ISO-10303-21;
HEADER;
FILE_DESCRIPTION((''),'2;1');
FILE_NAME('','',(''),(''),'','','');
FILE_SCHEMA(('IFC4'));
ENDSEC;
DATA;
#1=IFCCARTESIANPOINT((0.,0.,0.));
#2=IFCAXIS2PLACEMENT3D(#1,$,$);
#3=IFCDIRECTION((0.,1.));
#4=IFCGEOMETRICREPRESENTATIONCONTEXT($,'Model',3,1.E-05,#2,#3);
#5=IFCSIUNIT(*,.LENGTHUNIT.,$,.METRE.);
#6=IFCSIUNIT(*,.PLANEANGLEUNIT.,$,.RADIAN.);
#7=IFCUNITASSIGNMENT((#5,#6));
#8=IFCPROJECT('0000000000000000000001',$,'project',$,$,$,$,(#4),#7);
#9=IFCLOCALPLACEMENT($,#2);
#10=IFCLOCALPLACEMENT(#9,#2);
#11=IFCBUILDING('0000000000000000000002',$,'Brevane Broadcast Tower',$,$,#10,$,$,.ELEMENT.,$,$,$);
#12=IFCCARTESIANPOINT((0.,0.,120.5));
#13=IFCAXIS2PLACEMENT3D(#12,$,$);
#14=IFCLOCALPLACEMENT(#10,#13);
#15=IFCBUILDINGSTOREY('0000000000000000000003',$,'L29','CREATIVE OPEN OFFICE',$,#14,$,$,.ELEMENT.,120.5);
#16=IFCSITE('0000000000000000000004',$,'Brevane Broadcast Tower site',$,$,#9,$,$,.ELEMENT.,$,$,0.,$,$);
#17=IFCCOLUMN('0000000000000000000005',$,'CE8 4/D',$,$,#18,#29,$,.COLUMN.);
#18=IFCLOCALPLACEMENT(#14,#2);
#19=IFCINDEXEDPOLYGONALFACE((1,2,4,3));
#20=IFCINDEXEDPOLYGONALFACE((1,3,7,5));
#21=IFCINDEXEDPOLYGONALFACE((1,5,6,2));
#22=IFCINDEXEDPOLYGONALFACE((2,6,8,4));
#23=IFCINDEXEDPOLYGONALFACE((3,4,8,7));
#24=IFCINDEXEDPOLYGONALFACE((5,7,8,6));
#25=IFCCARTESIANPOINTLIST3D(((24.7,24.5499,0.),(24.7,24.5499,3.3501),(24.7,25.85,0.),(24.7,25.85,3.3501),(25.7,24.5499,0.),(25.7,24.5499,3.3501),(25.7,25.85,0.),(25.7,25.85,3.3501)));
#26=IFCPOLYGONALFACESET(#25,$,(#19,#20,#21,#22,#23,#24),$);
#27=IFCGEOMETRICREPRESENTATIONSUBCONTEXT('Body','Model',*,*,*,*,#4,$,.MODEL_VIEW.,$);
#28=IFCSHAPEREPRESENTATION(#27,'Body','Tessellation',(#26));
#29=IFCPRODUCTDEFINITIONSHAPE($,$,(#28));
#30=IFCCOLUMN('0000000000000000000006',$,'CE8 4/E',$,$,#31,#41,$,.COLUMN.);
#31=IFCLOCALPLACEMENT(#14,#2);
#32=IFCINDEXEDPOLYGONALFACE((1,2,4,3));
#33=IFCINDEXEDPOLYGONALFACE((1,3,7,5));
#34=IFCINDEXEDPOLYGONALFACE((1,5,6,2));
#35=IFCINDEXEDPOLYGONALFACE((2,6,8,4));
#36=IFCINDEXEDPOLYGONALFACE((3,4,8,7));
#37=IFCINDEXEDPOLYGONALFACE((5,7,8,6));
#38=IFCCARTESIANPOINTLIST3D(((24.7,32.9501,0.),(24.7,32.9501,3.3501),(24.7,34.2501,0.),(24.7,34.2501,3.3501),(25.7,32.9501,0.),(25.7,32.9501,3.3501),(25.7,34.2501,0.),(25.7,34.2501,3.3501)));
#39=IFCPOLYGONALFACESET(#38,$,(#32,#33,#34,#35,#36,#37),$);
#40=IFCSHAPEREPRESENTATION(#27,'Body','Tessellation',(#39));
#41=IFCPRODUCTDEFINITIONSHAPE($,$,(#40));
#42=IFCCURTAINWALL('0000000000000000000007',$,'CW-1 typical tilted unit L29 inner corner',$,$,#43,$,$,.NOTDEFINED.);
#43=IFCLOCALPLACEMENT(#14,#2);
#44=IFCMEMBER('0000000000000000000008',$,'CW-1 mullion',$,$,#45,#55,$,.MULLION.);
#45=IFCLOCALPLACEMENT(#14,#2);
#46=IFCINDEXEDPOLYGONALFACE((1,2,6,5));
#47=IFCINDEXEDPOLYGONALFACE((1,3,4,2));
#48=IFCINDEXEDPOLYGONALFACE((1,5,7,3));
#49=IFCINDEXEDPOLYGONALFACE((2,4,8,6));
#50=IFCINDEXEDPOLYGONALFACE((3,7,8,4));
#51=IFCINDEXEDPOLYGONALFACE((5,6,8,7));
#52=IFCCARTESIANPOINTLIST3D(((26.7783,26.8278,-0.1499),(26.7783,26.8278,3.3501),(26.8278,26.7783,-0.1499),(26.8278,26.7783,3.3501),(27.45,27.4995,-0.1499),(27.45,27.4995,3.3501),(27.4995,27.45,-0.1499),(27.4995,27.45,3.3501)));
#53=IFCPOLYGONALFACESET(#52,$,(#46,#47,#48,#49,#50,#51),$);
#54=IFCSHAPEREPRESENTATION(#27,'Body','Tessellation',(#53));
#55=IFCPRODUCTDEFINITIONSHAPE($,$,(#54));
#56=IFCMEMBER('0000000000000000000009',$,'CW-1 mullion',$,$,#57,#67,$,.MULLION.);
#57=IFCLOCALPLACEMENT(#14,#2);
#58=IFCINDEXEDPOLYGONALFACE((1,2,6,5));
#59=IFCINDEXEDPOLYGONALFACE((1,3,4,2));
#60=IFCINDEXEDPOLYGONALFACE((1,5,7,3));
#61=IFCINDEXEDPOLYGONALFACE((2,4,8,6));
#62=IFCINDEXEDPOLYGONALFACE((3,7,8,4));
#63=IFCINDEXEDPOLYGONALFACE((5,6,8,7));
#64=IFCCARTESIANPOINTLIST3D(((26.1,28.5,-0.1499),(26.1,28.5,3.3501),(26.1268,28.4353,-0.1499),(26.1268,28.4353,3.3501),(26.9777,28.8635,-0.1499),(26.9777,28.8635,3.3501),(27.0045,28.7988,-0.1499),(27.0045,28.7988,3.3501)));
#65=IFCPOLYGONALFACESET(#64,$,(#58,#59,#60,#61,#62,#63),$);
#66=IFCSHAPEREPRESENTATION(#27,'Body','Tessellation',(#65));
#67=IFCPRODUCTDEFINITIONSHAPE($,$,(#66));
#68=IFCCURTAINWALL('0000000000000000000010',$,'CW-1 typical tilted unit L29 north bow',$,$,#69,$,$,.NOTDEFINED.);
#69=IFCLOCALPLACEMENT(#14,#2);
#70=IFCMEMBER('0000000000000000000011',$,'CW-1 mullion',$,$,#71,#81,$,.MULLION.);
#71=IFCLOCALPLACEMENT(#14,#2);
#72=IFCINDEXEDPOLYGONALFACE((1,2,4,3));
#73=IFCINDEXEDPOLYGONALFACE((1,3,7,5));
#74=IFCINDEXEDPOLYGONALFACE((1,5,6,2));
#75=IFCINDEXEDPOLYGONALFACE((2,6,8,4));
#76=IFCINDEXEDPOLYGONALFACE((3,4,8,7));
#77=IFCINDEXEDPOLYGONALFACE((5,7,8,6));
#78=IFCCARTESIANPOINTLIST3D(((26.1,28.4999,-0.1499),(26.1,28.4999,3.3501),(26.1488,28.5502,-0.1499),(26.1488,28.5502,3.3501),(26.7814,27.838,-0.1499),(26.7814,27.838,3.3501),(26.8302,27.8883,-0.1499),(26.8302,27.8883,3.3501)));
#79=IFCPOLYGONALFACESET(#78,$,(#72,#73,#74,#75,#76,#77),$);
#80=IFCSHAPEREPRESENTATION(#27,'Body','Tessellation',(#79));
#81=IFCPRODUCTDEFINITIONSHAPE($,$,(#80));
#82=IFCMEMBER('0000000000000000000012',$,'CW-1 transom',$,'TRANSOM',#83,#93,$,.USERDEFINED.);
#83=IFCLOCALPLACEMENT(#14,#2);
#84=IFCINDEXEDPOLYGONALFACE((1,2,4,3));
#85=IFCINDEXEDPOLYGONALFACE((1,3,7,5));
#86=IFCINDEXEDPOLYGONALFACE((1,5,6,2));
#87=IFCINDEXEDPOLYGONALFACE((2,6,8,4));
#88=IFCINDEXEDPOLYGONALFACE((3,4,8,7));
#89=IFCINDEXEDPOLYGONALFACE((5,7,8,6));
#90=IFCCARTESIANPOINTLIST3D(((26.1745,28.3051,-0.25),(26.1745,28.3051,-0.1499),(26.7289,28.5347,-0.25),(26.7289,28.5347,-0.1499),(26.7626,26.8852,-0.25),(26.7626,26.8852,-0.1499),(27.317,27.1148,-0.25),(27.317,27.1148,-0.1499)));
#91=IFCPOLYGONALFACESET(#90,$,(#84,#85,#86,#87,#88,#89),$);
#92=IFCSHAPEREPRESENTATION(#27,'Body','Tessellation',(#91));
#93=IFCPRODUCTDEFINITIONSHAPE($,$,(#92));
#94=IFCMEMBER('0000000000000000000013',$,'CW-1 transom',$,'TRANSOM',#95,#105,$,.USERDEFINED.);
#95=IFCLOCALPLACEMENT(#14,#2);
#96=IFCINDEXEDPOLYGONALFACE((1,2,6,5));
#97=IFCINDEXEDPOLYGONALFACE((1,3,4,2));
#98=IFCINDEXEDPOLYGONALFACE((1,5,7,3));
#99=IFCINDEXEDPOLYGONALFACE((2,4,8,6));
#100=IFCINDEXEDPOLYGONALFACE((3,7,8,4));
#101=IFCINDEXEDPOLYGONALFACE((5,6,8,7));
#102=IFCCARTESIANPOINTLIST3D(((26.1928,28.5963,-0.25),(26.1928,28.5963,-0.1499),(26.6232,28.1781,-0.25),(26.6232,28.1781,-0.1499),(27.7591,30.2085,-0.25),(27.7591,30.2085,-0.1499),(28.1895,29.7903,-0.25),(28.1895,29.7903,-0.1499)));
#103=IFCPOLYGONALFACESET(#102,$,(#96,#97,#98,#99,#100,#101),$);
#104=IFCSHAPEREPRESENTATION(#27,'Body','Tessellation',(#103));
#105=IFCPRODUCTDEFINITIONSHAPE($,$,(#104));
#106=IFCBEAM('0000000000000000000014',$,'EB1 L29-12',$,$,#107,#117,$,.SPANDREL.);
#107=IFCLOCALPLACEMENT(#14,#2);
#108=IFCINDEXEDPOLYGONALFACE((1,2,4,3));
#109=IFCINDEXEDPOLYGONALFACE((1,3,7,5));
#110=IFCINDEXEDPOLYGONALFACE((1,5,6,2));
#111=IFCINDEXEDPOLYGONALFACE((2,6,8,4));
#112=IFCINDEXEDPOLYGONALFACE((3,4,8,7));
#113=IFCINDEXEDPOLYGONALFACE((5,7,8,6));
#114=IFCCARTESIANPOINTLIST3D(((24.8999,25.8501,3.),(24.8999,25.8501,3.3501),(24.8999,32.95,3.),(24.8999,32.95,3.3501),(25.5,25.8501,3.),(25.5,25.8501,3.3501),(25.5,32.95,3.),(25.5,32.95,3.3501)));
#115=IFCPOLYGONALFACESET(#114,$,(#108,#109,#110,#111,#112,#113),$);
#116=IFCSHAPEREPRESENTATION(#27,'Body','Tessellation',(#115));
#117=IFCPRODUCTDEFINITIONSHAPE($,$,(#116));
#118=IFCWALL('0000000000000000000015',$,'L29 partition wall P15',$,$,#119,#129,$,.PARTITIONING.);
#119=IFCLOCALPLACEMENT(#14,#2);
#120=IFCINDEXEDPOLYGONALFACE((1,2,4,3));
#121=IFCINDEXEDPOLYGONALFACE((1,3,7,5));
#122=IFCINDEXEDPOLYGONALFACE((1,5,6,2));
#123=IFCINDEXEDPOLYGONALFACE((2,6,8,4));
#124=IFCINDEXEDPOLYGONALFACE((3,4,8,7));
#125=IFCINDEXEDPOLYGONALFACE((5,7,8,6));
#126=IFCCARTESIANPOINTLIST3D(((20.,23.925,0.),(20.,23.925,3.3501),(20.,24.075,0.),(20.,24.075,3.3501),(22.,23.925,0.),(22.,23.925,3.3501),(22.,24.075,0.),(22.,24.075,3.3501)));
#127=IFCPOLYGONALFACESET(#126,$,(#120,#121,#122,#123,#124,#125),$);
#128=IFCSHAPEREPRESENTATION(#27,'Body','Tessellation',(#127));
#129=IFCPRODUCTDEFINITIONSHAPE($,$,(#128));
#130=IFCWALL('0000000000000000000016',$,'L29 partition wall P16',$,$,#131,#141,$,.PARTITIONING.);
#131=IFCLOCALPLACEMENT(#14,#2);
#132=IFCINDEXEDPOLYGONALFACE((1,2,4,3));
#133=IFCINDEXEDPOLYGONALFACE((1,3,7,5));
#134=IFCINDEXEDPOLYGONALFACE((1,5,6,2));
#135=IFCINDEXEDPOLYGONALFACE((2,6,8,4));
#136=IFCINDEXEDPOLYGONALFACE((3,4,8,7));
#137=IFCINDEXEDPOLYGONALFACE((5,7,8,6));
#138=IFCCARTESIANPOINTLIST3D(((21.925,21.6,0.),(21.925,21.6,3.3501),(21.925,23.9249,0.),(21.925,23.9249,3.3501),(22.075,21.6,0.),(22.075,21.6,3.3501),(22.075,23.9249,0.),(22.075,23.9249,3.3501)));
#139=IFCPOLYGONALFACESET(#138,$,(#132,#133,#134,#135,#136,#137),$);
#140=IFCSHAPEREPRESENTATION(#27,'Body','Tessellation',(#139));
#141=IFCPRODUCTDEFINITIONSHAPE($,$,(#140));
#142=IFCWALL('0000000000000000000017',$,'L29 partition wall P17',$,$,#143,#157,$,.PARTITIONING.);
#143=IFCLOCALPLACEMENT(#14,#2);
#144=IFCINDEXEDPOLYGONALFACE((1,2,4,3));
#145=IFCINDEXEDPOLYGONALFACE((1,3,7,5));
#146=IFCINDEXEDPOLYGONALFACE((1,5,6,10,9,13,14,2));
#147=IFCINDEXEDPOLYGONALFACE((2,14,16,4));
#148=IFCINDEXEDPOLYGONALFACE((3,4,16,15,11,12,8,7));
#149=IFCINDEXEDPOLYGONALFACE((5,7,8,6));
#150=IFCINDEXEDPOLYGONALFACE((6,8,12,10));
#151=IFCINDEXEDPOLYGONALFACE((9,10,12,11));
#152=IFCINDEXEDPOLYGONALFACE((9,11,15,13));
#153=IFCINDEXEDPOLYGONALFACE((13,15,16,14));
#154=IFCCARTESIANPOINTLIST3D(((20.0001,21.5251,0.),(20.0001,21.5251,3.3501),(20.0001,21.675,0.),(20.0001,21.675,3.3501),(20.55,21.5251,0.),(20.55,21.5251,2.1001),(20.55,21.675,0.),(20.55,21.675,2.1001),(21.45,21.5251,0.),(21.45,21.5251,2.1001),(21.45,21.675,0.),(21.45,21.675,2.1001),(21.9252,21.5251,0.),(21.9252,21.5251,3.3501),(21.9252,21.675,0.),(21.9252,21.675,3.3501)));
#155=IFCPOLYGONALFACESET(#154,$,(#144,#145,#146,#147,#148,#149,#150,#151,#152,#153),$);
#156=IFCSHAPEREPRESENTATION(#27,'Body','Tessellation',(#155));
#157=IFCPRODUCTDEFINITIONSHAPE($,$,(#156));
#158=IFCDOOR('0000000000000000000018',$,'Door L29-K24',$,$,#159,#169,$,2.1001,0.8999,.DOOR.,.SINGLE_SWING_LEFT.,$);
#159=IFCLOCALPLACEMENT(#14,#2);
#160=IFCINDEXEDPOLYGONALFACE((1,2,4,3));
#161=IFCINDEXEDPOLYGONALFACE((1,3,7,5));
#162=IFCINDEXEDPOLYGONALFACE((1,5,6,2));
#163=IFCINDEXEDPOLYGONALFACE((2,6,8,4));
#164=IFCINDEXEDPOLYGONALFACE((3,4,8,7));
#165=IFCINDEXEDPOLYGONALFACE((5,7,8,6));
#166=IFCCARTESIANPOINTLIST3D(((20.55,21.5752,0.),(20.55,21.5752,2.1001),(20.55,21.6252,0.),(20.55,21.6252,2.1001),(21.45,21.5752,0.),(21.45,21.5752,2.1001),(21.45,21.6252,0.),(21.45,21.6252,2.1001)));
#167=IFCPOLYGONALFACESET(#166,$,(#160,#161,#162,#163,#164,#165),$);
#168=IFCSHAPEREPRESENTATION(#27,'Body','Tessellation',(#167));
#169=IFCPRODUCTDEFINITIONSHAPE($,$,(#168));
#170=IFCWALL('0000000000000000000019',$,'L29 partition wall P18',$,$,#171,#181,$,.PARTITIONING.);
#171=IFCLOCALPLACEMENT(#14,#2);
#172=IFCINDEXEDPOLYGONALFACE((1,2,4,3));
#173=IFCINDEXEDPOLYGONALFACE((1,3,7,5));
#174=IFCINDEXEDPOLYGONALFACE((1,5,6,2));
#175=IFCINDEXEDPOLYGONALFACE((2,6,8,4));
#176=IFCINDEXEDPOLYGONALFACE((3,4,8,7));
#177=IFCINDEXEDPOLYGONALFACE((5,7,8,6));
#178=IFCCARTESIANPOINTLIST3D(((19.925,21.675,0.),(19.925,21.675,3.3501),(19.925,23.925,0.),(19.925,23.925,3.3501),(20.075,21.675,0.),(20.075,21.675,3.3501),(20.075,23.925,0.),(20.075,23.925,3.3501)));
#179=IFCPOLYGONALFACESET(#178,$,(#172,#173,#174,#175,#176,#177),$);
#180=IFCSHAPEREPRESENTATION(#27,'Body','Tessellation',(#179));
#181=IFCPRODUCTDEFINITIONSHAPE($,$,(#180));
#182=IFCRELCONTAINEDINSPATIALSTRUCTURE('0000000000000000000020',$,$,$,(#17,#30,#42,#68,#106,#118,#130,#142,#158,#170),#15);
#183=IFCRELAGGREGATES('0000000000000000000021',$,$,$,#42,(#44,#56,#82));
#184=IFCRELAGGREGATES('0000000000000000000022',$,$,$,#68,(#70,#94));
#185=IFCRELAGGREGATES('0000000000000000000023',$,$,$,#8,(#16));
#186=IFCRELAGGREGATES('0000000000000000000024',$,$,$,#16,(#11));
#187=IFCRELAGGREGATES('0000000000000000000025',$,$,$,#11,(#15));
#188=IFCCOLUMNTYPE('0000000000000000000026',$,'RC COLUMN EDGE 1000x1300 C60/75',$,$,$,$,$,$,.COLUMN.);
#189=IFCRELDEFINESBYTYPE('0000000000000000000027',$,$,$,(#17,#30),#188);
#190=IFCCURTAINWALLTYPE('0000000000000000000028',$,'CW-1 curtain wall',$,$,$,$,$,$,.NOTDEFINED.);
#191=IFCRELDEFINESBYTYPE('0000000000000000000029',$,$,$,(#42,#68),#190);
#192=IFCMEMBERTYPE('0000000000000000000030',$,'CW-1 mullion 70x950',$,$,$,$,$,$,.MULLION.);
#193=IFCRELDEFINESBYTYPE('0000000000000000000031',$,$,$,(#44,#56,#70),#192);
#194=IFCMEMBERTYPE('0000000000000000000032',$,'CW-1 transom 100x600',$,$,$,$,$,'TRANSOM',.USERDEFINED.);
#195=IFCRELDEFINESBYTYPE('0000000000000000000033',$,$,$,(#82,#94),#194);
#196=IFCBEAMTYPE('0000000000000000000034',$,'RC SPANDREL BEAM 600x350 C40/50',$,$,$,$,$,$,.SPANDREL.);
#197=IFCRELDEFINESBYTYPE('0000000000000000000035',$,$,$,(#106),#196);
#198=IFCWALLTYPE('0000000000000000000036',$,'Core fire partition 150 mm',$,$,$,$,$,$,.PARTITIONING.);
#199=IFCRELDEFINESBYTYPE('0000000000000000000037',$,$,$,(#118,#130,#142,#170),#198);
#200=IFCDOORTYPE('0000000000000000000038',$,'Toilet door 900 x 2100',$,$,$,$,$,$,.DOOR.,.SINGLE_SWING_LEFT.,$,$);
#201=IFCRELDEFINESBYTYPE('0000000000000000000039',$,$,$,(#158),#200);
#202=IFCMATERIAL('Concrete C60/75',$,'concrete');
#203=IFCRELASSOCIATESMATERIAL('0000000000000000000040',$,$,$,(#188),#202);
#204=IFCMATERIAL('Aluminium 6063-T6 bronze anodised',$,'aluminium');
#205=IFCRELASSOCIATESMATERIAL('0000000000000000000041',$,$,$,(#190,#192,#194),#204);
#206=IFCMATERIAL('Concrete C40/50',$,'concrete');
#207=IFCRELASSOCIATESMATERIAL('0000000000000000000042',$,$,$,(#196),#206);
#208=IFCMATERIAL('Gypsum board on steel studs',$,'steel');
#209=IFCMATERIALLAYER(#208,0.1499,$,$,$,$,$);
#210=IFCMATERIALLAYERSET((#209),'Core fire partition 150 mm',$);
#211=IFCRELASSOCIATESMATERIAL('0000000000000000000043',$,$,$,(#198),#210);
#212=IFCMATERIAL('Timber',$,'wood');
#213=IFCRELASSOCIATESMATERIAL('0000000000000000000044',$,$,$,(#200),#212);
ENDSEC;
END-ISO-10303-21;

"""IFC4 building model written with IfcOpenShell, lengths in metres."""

from ifc_helpers import new_model, si_unit, direction, frame, frame_2d, origin, origin_2d, place, context, subcontext, project, spatial, rectangle, extrude, material, layer, layer_set, material_profile, profile_set, type_object, element, fill, aggregate, save


model = new_model("IFC4")

# Units and contexts
model_context = context("Model", 3, precision=1e-05, world=origin(), true_north=direction((0.0, 1.0)))
body_context = subcontext(model_context, "Body", "Model", "MODEL_VIEW")
ifc_project = project(units=[si_unit("LENGTHUNIT", "METRE"), si_unit("PLANEANGLEUNIT", "RADIAN")], contexts=[model_context])

# Site, building, storey
site_placement = place(None, origin())
site = spatial("IfcSite", under=ifc_project, at=site_placement, Name="Brevane Broadcast Tower site", CompositionType="ELEMENT", RefElevation=0.0)
building_placement = place(site_placement, origin())
building = spatial("IfcBuilding", under=site, at=building_placement, Name="Brevane Broadcast Tower", CompositionType="ELEMENT")
storey_placement = place(building_placement, frame((0.0, 0.0, 120.5)))
storey = spatial("IfcBuildingStorey", under=building, at=storey_placement, Name="L29", Description="CREATIVE OPEN OFFICE", CompositionType="ELEMENT", Elevation=120.5)

# Columns
ifc_material_1 = material(Name="Concrete C60/75", Category="concrete")
ifc_material_profile_1 = material_profile(ifc_material_1, rectangle(XDim=1.0, YDim=1.3, at=origin_2d()), Name="RC 1000x1300")
ifc_profile_set_1 = profile_set([ifc_material_profile_1], Name="Concrete C60/75")
column_type = type_object("IfcColumnType", Name="RC COLUMN EDGE 1000x1300 C60/75", PredefinedType="COLUMN", material=ifc_profile_set_1)
for number, where, z_axis, x_axis, name in (
    (1, (25.2, 25.2, 0.0), (0.0, 0.0, 1.0), (1.0, 0.0, 0.0), "CE8 4/D"),
    (2, (25.2, 33.6001, 0.0), (0.0, 0.0, 1.0), (1.0, 0.0, 0.0), "CE8 4/E"),
):
    element("IfcColumn", number, at=place(storey_placement, frame(where, z_axis=z_axis, x_axis=x_axis)), inside=storey, type_object=column_type, Name=name, PredefinedType="COLUMN", context=body_context, shape_type="SweptSolid", body=[
        extrude(rectangle(XDim=1.0, YDim=1.3, at=origin_2d()), origin(), (0.0, 0.0, 1.0), 3.3501),
    ])

# Curtain wall, members
ifc_material_2 = material(Name="Aluminium 6063-T6 bronze anodised", Category="aluminium")
curtain_wall_type = type_object("IfcCurtainWallType", Name="CW-1 curtain wall", PredefinedType="NOTDEFINED", material=ifc_material_2)
curtain_wall_1_placement = place(storey_placement, origin())
curtain_wall_1 = element("IfcCurtainWall", 3, at=curtain_wall_1_placement, inside=storey, type_object=curtain_wall_type, Name="CW-1 typical tilted unit L29 inner corner", PredefinedType="NOTDEFINED")
ifc_material_profile_2 = material_profile(ifc_material_2, rectangle(XDim=0.95, YDim=0.0701, at=origin_2d()), Name="RECT 70x950")
ifc_profile_set_2 = profile_set([ifc_material_profile_2], Name="Aluminium 6063-T6 bronze anodised")
member_type_1 = type_object("IfcMemberType", Name="CW-1 mullion 70x950", PredefinedType="MULLION", material=ifc_profile_set_2)
member_1_placement = place(storey_placement, frame((27.1389, 27.1389, -0.1499), z_axis=(0.0, 0.0, 1.0), x_axis=(-0.707107, -0.707107, 0.0)))
member_1 = element("IfcMember", 4, at=member_1_placement, type_object=member_type_1, Name="CW-1 mullion", PredefinedType="MULLION", context=body_context, shape_type="SweptSolid", body=[
    extrude(rectangle(XDim=0.95, YDim=0.0701, at=origin_2d()), origin(), (0.0, 0.0, 1.0), 3.5),
])
member_2_placement = place(storey_placement, frame((26.5522, 28.6494, -0.1499), z_axis=(0.0, 0.0, 1.0), x_axis=(-0.923879, -0.382684, 0.0)))
member_2 = element("IfcMember", 5, at=member_2_placement, type_object=member_type_1, Name="CW-1 mullion", PredefinedType="MULLION", context=body_context, shape_type="SweptSolid", body=[
    extrude(rectangle(XDim=0.95, YDim=0.0701, at=origin_2d()), origin(), (0.0, 0.0, 1.0), 3.5),
])

# Curtain wall, member
curtain_wall_2_placement = place(storey_placement, origin())
curtain_wall_2 = element("IfcCurtainWall", 6, at=curtain_wall_2_placement, inside=storey, type_object=curtain_wall_type, Name="CW-1 typical tilted unit L29 north bow", PredefinedType="NOTDEFINED")
member_3_placement = place(storey_placement, frame((26.4651, 28.1941, -0.1499), z_axis=(0.0, 0.0, 1.0), x_axis=(-0.717254, 0.696812, 0.0)))
member_3 = element("IfcMember", 7, at=member_3_placement, type_object=member_type_1, Name="CW-1 mullion", PredefinedType="MULLION", context=body_context, shape_type="SweptSolid", body=[
    extrude(rectangle(XDim=0.95, YDim=0.0701, at=origin_2d()), origin(), (0.0, 0.0, 1.0), 3.5),
])

# Members
ifc_material_profile_3 = material_profile(ifc_material_2, rectangle(XDim=0.6001, YDim=0.1001, at=origin_2d()), Name="RECT 100x600")
ifc_profile_set_3 = profile_set([ifc_material_profile_3], Name="Aluminium 6063-T6 bronze anodised")
member_type_2 = type_object("IfcMemberType", Name="CW-1 transom 100x600", ElementType="TRANSOM", PredefinedType="USERDEFINED", material=ifc_profile_set_3)
member_4_placement = place(storey_placement, frame((27.0398, 27.0, -0.2), z_axis=(-0.382674, 0.923883, 0.0), x_axis=(-0.923883, -0.382674, 0.0)))
member_4 = element("IfcMember", 8, at=member_4_placement, type_object=member_type_2, Name="CW-1 transom", ObjectType="TRANSOM", PredefinedType="USERDEFINED", context=body_context, shape_type="SweptSolid", body=[
    extrude(rectangle(XDim=0.6001, YDim=0.1001, at=origin_2d()), origin(), (0.0, 0.0, 1.0), 1.5369),
])
aggregate(curtain_wall_1, [member_1, member_2, member_4])
member_5_placement = place(storey_placement, frame((26.408, 28.3872, -0.2), z_axis=(0.696824, 0.717242, 0.0), x_axis=(-0.717242, 0.696824, 0.0)))
member_5 = element("IfcMember", 9, at=member_5_placement, type_object=member_type_2, Name="CW-1 transom", ObjectType="TRANSOM", PredefinedType="USERDEFINED", context=body_context, shape_type="SweptSolid", body=[
    extrude(rectangle(XDim=0.6001, YDim=0.1001, at=origin_2d()), origin(), (0.0, 0.0, 1.0), 2.2478),
])
aggregate(curtain_wall_2, [member_3, member_5])

# Beam
ifc_material_3 = material(Name="Concrete C40/50", Category="concrete")
ifc_material_profile_4 = material_profile(ifc_material_3, rectangle(XDim=0.6001, YDim=0.3501, at=origin_2d()), Name="RC 600x350")
ifc_profile_set_4 = profile_set([ifc_material_profile_4], Name="Concrete C40/50")
beam_type = type_object("IfcBeamType", Name="RC SPANDREL BEAM 600x350 C40/50", PredefinedType="SPANDREL", material=ifc_profile_set_4)
beam_placement = place(storey_placement, frame((25.2, 25.8501, 3.175), z_axis=(0.0, 1.0, 0.0), x_axis=(-1.0, 0.0, 0.0)))
element("IfcBeam", 10, at=beam_placement, inside=storey, type_object=beam_type, Name="EB1 L29-12", PredefinedType="SPANDREL", context=body_context, shape_type="SweptSolid", body=[
    extrude(rectangle(XDim=0.6001, YDim=0.3501, at=origin_2d()), origin(), (0.0, 0.0, 1.0), 7.0999),
])

# Walls
ifc_material_4 = material(Name="Gypsum board on steel studs", Category="steel")
ifc_layer_1 = layer(ifc_material_4, 0.1499)
ifc_layer_set_1 = layer_set([ifc_layer_1], Name="Core fire partition 150 mm")
wall_type_1 = type_object("IfcWallType", Name="Core fire partition 150 mm", PredefinedType="PARTITIONING", material=ifc_layer_set_1)
wall_1_placement = place(storey_placement, frame((20.0, 24.0, 0.0), z_axis=(0.0, 0.0, 1.0), x_axis=(1.0, 0.0, 0.0)))
element("IfcWall", 11, at=wall_1_placement, inside=storey, type_object=wall_type_1, Name="L29 partition wall P15", PredefinedType="PARTITIONING", context=body_context, shape_type="SweptSolid", body=[
    extrude(rectangle(XDim=2.0, YDim=0.1499, at=frame_2d((1.0, 0.0))), origin(), (0.0, 0.0, 1.0), 3.3501),
])
wall_2_placement = place(storey_placement, frame((22.0, 23.925, 0.0), z_axis=(0.0, 0.0, 1.0), x_axis=(0.0, -1.0, 0.0)))
element("IfcWall", 12, at=wall_2_placement, inside=storey, type_object=wall_type_1, Name="L29 partition wall P16", PredefinedType="PARTITIONING", context=body_context, shape_type="SweptSolid", body=[
    extrude(rectangle(XDim=2.325, YDim=0.1499, at=frame_2d((1.1626, 0.0))), origin(), (0.0, 0.0, 1.0), 3.3501),
])

# Wall, opening, door
wall_3_placement = place(storey_placement, frame((21.925, 21.6001, 0.0), z_axis=(0.0, 0.0, 1.0), x_axis=(-1.0, 0.0, 0.0)))
wall_3 = element("IfcWall", 13, at=wall_3_placement, inside=storey, type_object=wall_type_1, Name="L29 partition wall P17", PredefinedType="PARTITIONING", context=body_context, shape_type="SweptSolid", body=[
    extrude(rectangle(XDim=1.925, YDim=0.1499, at=frame_2d((0.9624, 0.0))), origin(), (0.0, 0.0, 1.0), 3.3501),
])
opening_1_placement = place(wall_3_placement, frame((0.4751, 0.0, 0.0)))
opening_1 = element("IfcOpeningElement", 14, at=opening_1_placement, cuts=wall_3, PredefinedType="OPENING", context=body_context, shape_type="SweptSolid", body=[
    extrude(rectangle(XDim=0.8999, YDim=2.1001, at=frame_2d((0.45, 1.05))), frame((0.0, 0.085, 0.0), z_axis=(0.0, -1.0, 0.0), x_axis=(1.0, 0.0, 0.0)), (0.0, 0.0, 1.0), 0.1699),
])
ifc_material_5 = material(Name="Timber", Category="wood")
door_type_1 = type_object("IfcDoorType", Name="Toilet door 900 x 2100", OperationType="SINGLE_SWING_LEFT", PredefinedType="DOOR", material=ifc_material_5)
door_1_placement = place(opening_1_placement, origin())
door_1 = element("IfcDoor", 15, at=door_1_placement, inside=storey, type_object=door_type_1, Name="Door L29-K24", OperationType="SINGLE_SWING_LEFT", OverallHeight=2.1001, OverallWidth=0.8999, PredefinedType="DOOR", context=body_context, shape_type="SweptSolid", body=[
    extrude(rectangle(XDim=0.8999, YDim=2.1001, at=frame_2d((0.45, 1.05))), frame((0.0, 0.0249, 0.0), z_axis=(0.0, -1.0, 0.0), x_axis=(1.0, 0.0, 0.0)), (0.0, 0.0, 1.0), 0.05),
])
fill(opening_1, door_1)

# Wall
wall_4_placement = place(storey_placement, frame((20.0, 21.675, 0.0), z_axis=(0.0, 0.0, 1.0), x_axis=(0.0, 1.0, 0.0)))
element("IfcWall", 16, at=wall_4_placement, inside=storey, type_object=wall_type_1, Name="L29 partition wall P18", PredefinedType="PARTITIONING", context=body_context, shape_type="SweptSolid", body=[
    extrude(rectangle(XDim=2.25, YDim=0.1499, at=frame_2d((1.125, 0.0))), origin(), (0.0, 0.0, 1.0), 3.3501),
])

save(model, "model.ifc")
